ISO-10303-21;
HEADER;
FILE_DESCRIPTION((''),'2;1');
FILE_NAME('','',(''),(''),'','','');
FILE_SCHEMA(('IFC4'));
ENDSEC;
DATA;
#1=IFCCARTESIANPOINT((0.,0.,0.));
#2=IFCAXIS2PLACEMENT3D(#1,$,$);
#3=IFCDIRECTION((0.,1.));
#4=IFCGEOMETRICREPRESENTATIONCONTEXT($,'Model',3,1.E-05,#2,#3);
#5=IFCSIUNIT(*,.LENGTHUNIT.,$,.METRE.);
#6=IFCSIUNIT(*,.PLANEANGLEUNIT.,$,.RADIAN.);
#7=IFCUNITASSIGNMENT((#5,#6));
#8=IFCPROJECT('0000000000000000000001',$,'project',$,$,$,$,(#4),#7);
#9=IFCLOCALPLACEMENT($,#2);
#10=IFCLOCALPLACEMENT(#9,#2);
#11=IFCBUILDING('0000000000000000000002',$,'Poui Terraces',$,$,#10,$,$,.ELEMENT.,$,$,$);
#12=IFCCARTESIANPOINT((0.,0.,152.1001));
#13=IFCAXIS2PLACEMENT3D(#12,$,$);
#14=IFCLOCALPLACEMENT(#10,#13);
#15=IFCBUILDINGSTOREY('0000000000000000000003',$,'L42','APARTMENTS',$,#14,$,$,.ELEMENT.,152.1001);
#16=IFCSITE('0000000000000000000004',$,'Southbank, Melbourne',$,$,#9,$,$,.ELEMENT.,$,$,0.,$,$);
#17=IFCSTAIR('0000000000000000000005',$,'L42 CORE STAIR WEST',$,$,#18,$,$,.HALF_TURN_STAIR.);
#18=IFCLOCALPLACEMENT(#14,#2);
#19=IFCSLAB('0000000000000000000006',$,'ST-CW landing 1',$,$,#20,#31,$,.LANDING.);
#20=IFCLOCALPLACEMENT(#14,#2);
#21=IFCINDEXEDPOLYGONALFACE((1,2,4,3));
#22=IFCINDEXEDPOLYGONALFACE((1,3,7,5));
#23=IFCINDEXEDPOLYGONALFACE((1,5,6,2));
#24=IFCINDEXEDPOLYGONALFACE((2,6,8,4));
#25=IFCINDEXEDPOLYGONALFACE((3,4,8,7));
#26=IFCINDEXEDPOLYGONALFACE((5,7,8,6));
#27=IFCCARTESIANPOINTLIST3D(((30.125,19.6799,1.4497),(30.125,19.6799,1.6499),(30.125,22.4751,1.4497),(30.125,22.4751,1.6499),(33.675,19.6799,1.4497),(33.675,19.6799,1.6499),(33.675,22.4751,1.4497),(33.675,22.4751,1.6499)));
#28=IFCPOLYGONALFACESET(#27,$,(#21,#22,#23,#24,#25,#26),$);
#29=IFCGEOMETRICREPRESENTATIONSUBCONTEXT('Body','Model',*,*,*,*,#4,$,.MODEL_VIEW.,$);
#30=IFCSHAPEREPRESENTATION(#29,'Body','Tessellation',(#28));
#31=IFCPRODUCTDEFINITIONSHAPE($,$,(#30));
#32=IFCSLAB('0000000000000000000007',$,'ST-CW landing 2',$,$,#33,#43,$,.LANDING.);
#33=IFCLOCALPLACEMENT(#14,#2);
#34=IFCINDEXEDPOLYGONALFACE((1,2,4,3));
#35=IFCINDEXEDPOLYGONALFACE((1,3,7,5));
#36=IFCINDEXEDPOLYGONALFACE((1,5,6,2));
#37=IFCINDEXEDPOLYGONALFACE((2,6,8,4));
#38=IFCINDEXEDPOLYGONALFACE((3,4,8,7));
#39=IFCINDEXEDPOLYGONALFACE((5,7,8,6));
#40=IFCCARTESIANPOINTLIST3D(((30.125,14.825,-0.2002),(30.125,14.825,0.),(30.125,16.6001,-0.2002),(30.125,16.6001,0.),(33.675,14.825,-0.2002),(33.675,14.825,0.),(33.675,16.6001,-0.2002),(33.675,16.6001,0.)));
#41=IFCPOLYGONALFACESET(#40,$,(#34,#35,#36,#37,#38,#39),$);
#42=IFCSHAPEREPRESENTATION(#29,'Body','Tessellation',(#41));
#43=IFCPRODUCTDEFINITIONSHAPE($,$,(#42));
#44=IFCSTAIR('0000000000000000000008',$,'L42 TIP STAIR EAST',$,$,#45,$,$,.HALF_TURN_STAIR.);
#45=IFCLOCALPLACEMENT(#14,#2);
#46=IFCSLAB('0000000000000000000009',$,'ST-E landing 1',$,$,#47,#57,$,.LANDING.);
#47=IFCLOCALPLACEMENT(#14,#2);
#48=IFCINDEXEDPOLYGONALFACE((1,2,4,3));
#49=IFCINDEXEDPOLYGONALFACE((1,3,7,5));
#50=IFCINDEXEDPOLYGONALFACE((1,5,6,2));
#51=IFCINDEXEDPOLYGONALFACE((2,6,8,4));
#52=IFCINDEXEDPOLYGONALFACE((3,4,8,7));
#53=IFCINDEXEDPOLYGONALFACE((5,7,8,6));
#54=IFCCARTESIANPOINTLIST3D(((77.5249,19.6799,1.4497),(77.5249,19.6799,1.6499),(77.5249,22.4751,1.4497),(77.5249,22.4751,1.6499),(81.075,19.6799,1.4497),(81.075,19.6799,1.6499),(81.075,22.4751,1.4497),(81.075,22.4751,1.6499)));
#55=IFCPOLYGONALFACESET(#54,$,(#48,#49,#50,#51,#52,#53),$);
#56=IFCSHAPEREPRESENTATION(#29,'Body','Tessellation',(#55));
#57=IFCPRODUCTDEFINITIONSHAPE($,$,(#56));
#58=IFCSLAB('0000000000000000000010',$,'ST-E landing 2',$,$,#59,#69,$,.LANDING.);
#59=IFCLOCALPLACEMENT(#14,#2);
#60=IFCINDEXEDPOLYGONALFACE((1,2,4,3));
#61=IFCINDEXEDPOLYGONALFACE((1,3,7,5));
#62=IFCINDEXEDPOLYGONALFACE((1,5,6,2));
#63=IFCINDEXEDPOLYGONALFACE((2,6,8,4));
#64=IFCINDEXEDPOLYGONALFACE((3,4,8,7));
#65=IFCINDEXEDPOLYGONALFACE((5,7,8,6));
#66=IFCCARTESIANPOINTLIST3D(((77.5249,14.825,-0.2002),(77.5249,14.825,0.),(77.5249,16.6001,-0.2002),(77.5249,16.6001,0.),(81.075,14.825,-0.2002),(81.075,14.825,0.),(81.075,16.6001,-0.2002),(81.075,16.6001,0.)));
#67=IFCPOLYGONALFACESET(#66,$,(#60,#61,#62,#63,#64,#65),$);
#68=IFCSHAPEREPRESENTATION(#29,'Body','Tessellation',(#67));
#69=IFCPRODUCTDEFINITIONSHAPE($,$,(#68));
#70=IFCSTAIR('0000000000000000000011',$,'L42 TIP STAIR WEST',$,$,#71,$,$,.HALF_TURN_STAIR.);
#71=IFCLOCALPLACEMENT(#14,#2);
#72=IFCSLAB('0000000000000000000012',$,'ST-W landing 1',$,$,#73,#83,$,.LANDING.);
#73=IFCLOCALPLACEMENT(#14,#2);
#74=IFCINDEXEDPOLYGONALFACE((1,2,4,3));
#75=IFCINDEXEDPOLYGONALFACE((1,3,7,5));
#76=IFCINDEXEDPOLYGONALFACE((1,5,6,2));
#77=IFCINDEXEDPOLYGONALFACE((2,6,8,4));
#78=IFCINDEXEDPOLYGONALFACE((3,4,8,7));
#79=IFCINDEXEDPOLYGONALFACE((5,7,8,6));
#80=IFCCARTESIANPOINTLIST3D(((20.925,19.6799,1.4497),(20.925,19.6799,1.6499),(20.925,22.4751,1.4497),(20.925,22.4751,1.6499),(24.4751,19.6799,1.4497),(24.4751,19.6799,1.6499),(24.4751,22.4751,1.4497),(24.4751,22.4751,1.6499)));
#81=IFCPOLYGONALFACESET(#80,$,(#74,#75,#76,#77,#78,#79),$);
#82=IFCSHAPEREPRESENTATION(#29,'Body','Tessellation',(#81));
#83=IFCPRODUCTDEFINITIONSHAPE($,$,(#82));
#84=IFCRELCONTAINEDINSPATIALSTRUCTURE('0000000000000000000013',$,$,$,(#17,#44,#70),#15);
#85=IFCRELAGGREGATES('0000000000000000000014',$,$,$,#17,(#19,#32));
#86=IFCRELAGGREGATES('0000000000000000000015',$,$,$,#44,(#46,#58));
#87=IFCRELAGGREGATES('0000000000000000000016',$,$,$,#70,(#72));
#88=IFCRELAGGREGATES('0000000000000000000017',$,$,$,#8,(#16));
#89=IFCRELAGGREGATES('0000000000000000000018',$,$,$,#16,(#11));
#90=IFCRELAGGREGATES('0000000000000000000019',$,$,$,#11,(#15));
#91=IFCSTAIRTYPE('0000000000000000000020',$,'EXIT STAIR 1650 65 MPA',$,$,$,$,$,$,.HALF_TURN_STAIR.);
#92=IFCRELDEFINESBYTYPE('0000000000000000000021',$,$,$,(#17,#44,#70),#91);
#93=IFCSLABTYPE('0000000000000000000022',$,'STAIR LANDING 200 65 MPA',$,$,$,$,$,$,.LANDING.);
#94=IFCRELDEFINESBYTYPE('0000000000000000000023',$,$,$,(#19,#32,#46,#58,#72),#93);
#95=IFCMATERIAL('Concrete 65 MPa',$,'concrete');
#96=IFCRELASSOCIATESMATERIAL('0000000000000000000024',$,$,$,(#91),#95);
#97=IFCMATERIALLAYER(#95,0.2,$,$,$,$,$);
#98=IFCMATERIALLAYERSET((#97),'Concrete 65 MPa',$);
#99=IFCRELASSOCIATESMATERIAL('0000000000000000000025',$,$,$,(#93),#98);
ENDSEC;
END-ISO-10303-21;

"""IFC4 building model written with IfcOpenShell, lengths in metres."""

from ifc_helpers import new_model, si_unit, direction, frame, origin, place, context, subcontext, project, spatial, polyline, outline, extrude, material, layer, layer_set, type_object, element, aggregate, save


model = new_model("IFC4")

# Units and contexts
model_context = context("Model", 3, precision=1e-05, world=origin(), true_north=direction((0.0, 1.0)))
body_context = subcontext(model_context, "Body", "Model", "MODEL_VIEW")
ifc_project = project(units=[si_unit("LENGTHUNIT", "METRE"), si_unit("PLANEANGLEUNIT", "RADIAN")], contexts=[model_context])

# Site, building, storey
site_placement = place(None, origin())
site = spatial("IfcSite", under=ifc_project, at=site_placement, Name="Southbank, Melbourne", CompositionType="ELEMENT", RefElevation=0.0)
building_placement = place(site_placement, origin())
building = spatial("IfcBuilding", under=site, at=building_placement, Name="Poui Terraces", CompositionType="ELEMENT")
storey_placement = place(building_placement, frame((0.0, 0.0, 152.1001)))
storey = spatial("IfcBuildingStorey", under=building, at=storey_placement, Name="L42", Description="APARTMENTS", CompositionType="ELEMENT", Elevation=152.1001)

# Stairs, slabs
ifc_material = material(Name="Concrete 65 MPa", Category="concrete")
stair_type = type_object("IfcStairType", Name="EXIT STAIR 1650 65 MPA", PredefinedType="HALF_TURN_STAIR", material=ifc_material)
stair_1_placement = place(storey_placement, origin())
stair_1 = element("IfcStair", 1, at=stair_1_placement, inside=storey, type_object=stair_type, Name="L42 CORE STAIR WEST", PredefinedType="HALF_TURN_STAIR")
ifc_layer = layer(ifc_material, 0.2)
ifc_layer_set = layer_set([ifc_layer], Name="Concrete 65 MPa")
slab_type = type_object("IfcSlabType", Name="STAIR LANDING 200 65 MPA", PredefinedType="LANDING", material=ifc_layer_set)
slab_1_placement = place(storey_placement, frame((0.0, 0.0, 1.4497)))
slab_1 = element("IfcSlab", 2, at=slab_1_placement, type_object=slab_type, Name="ST-CW landing 1", PredefinedType="LANDING", context=body_context, shape_type="SweptSolid", body=[
    extrude(outline(polyline([(30.125, 19.6799), (33.675, 19.6799), (33.675, 22.4751), (30.125, 22.4751), (30.125, 19.6799)])), origin(), (0.0, 0.0, 1.0), 0.2002),
])
slab_2_placement = place(storey_placement, frame((0.0, 0.0, -0.2002)))
slab_2 = element("IfcSlab", 3, at=slab_2_placement, type_object=slab_type, Name="ST-CW landing 2", PredefinedType="LANDING", context=body_context, shape_type="SweptSolid", body=[
    extrude(outline(polyline([(30.125, 14.825), (33.675, 14.825), (33.675, 16.6001), (30.125, 16.6001), (30.125, 14.825)])), origin(), (0.0, 0.0, 1.0), 0.2002),
])
aggregate(stair_1, [slab_1, slab_2])
stair_2_placement = place(storey_placement, origin())
stair_2 = element("IfcStair", 4, at=stair_2_placement, inside=storey, type_object=stair_type, Name="L42 TIP STAIR EAST", PredefinedType="HALF_TURN_STAIR")
slab_3_placement = place(storey_placement, frame((0.0, 0.0, 1.4497)))
slab_3 = element("IfcSlab", 5, at=slab_3_placement, type_object=slab_type, Name="ST-E landing 1", PredefinedType="LANDING", context=body_context, shape_type="SweptSolid", body=[
    extrude(outline(polyline([(77.5249, 19.6799), (81.075, 19.6799), (81.075, 22.4751), (77.5249, 22.4751), (77.5249, 19.6799)])), origin(), (0.0, 0.0, 1.0), 0.2002),
])
slab_4_placement = place(storey_placement, frame((0.0, 0.0, -0.2002)))
slab_4 = element("IfcSlab", 6, at=slab_4_placement, type_object=slab_type, Name="ST-E landing 2", PredefinedType="LANDING", context=body_context, shape_type="SweptSolid", body=[
    extrude(outline(polyline([(77.5249, 14.825), (81.075, 14.825), (81.075, 16.6001), (77.5249, 16.6001), (77.5249, 14.825)])), origin(), (0.0, 0.0, 1.0), 0.2002),
])
aggregate(stair_2, [slab_3, slab_4])

# Stair, slab
stair_3_placement = place(storey_placement, origin())
stair_3 = element("IfcStair", 7, at=stair_3_placement, inside=storey, type_object=stair_type, Name="L42 TIP STAIR WEST", PredefinedType="HALF_TURN_STAIR")
slab_5_placement = place(storey_placement, frame((0.0, 0.0, 1.4497)))
slab_5 = element("IfcSlab", 8, at=slab_5_placement, type_object=slab_type, Name="ST-W landing 1", PredefinedType="LANDING", context=body_context, shape_type="SweptSolid", body=[
    extrude(outline(polyline([(20.925, 19.6799), (24.4751, 19.6799), (24.4751, 22.4751), (20.925, 22.4751), (20.925, 19.6799)])), origin(), (0.0, 0.0, 1.0), 0.2002),
])
aggregate(stair_3, [slab_5])

save(model, "model.ifc")
